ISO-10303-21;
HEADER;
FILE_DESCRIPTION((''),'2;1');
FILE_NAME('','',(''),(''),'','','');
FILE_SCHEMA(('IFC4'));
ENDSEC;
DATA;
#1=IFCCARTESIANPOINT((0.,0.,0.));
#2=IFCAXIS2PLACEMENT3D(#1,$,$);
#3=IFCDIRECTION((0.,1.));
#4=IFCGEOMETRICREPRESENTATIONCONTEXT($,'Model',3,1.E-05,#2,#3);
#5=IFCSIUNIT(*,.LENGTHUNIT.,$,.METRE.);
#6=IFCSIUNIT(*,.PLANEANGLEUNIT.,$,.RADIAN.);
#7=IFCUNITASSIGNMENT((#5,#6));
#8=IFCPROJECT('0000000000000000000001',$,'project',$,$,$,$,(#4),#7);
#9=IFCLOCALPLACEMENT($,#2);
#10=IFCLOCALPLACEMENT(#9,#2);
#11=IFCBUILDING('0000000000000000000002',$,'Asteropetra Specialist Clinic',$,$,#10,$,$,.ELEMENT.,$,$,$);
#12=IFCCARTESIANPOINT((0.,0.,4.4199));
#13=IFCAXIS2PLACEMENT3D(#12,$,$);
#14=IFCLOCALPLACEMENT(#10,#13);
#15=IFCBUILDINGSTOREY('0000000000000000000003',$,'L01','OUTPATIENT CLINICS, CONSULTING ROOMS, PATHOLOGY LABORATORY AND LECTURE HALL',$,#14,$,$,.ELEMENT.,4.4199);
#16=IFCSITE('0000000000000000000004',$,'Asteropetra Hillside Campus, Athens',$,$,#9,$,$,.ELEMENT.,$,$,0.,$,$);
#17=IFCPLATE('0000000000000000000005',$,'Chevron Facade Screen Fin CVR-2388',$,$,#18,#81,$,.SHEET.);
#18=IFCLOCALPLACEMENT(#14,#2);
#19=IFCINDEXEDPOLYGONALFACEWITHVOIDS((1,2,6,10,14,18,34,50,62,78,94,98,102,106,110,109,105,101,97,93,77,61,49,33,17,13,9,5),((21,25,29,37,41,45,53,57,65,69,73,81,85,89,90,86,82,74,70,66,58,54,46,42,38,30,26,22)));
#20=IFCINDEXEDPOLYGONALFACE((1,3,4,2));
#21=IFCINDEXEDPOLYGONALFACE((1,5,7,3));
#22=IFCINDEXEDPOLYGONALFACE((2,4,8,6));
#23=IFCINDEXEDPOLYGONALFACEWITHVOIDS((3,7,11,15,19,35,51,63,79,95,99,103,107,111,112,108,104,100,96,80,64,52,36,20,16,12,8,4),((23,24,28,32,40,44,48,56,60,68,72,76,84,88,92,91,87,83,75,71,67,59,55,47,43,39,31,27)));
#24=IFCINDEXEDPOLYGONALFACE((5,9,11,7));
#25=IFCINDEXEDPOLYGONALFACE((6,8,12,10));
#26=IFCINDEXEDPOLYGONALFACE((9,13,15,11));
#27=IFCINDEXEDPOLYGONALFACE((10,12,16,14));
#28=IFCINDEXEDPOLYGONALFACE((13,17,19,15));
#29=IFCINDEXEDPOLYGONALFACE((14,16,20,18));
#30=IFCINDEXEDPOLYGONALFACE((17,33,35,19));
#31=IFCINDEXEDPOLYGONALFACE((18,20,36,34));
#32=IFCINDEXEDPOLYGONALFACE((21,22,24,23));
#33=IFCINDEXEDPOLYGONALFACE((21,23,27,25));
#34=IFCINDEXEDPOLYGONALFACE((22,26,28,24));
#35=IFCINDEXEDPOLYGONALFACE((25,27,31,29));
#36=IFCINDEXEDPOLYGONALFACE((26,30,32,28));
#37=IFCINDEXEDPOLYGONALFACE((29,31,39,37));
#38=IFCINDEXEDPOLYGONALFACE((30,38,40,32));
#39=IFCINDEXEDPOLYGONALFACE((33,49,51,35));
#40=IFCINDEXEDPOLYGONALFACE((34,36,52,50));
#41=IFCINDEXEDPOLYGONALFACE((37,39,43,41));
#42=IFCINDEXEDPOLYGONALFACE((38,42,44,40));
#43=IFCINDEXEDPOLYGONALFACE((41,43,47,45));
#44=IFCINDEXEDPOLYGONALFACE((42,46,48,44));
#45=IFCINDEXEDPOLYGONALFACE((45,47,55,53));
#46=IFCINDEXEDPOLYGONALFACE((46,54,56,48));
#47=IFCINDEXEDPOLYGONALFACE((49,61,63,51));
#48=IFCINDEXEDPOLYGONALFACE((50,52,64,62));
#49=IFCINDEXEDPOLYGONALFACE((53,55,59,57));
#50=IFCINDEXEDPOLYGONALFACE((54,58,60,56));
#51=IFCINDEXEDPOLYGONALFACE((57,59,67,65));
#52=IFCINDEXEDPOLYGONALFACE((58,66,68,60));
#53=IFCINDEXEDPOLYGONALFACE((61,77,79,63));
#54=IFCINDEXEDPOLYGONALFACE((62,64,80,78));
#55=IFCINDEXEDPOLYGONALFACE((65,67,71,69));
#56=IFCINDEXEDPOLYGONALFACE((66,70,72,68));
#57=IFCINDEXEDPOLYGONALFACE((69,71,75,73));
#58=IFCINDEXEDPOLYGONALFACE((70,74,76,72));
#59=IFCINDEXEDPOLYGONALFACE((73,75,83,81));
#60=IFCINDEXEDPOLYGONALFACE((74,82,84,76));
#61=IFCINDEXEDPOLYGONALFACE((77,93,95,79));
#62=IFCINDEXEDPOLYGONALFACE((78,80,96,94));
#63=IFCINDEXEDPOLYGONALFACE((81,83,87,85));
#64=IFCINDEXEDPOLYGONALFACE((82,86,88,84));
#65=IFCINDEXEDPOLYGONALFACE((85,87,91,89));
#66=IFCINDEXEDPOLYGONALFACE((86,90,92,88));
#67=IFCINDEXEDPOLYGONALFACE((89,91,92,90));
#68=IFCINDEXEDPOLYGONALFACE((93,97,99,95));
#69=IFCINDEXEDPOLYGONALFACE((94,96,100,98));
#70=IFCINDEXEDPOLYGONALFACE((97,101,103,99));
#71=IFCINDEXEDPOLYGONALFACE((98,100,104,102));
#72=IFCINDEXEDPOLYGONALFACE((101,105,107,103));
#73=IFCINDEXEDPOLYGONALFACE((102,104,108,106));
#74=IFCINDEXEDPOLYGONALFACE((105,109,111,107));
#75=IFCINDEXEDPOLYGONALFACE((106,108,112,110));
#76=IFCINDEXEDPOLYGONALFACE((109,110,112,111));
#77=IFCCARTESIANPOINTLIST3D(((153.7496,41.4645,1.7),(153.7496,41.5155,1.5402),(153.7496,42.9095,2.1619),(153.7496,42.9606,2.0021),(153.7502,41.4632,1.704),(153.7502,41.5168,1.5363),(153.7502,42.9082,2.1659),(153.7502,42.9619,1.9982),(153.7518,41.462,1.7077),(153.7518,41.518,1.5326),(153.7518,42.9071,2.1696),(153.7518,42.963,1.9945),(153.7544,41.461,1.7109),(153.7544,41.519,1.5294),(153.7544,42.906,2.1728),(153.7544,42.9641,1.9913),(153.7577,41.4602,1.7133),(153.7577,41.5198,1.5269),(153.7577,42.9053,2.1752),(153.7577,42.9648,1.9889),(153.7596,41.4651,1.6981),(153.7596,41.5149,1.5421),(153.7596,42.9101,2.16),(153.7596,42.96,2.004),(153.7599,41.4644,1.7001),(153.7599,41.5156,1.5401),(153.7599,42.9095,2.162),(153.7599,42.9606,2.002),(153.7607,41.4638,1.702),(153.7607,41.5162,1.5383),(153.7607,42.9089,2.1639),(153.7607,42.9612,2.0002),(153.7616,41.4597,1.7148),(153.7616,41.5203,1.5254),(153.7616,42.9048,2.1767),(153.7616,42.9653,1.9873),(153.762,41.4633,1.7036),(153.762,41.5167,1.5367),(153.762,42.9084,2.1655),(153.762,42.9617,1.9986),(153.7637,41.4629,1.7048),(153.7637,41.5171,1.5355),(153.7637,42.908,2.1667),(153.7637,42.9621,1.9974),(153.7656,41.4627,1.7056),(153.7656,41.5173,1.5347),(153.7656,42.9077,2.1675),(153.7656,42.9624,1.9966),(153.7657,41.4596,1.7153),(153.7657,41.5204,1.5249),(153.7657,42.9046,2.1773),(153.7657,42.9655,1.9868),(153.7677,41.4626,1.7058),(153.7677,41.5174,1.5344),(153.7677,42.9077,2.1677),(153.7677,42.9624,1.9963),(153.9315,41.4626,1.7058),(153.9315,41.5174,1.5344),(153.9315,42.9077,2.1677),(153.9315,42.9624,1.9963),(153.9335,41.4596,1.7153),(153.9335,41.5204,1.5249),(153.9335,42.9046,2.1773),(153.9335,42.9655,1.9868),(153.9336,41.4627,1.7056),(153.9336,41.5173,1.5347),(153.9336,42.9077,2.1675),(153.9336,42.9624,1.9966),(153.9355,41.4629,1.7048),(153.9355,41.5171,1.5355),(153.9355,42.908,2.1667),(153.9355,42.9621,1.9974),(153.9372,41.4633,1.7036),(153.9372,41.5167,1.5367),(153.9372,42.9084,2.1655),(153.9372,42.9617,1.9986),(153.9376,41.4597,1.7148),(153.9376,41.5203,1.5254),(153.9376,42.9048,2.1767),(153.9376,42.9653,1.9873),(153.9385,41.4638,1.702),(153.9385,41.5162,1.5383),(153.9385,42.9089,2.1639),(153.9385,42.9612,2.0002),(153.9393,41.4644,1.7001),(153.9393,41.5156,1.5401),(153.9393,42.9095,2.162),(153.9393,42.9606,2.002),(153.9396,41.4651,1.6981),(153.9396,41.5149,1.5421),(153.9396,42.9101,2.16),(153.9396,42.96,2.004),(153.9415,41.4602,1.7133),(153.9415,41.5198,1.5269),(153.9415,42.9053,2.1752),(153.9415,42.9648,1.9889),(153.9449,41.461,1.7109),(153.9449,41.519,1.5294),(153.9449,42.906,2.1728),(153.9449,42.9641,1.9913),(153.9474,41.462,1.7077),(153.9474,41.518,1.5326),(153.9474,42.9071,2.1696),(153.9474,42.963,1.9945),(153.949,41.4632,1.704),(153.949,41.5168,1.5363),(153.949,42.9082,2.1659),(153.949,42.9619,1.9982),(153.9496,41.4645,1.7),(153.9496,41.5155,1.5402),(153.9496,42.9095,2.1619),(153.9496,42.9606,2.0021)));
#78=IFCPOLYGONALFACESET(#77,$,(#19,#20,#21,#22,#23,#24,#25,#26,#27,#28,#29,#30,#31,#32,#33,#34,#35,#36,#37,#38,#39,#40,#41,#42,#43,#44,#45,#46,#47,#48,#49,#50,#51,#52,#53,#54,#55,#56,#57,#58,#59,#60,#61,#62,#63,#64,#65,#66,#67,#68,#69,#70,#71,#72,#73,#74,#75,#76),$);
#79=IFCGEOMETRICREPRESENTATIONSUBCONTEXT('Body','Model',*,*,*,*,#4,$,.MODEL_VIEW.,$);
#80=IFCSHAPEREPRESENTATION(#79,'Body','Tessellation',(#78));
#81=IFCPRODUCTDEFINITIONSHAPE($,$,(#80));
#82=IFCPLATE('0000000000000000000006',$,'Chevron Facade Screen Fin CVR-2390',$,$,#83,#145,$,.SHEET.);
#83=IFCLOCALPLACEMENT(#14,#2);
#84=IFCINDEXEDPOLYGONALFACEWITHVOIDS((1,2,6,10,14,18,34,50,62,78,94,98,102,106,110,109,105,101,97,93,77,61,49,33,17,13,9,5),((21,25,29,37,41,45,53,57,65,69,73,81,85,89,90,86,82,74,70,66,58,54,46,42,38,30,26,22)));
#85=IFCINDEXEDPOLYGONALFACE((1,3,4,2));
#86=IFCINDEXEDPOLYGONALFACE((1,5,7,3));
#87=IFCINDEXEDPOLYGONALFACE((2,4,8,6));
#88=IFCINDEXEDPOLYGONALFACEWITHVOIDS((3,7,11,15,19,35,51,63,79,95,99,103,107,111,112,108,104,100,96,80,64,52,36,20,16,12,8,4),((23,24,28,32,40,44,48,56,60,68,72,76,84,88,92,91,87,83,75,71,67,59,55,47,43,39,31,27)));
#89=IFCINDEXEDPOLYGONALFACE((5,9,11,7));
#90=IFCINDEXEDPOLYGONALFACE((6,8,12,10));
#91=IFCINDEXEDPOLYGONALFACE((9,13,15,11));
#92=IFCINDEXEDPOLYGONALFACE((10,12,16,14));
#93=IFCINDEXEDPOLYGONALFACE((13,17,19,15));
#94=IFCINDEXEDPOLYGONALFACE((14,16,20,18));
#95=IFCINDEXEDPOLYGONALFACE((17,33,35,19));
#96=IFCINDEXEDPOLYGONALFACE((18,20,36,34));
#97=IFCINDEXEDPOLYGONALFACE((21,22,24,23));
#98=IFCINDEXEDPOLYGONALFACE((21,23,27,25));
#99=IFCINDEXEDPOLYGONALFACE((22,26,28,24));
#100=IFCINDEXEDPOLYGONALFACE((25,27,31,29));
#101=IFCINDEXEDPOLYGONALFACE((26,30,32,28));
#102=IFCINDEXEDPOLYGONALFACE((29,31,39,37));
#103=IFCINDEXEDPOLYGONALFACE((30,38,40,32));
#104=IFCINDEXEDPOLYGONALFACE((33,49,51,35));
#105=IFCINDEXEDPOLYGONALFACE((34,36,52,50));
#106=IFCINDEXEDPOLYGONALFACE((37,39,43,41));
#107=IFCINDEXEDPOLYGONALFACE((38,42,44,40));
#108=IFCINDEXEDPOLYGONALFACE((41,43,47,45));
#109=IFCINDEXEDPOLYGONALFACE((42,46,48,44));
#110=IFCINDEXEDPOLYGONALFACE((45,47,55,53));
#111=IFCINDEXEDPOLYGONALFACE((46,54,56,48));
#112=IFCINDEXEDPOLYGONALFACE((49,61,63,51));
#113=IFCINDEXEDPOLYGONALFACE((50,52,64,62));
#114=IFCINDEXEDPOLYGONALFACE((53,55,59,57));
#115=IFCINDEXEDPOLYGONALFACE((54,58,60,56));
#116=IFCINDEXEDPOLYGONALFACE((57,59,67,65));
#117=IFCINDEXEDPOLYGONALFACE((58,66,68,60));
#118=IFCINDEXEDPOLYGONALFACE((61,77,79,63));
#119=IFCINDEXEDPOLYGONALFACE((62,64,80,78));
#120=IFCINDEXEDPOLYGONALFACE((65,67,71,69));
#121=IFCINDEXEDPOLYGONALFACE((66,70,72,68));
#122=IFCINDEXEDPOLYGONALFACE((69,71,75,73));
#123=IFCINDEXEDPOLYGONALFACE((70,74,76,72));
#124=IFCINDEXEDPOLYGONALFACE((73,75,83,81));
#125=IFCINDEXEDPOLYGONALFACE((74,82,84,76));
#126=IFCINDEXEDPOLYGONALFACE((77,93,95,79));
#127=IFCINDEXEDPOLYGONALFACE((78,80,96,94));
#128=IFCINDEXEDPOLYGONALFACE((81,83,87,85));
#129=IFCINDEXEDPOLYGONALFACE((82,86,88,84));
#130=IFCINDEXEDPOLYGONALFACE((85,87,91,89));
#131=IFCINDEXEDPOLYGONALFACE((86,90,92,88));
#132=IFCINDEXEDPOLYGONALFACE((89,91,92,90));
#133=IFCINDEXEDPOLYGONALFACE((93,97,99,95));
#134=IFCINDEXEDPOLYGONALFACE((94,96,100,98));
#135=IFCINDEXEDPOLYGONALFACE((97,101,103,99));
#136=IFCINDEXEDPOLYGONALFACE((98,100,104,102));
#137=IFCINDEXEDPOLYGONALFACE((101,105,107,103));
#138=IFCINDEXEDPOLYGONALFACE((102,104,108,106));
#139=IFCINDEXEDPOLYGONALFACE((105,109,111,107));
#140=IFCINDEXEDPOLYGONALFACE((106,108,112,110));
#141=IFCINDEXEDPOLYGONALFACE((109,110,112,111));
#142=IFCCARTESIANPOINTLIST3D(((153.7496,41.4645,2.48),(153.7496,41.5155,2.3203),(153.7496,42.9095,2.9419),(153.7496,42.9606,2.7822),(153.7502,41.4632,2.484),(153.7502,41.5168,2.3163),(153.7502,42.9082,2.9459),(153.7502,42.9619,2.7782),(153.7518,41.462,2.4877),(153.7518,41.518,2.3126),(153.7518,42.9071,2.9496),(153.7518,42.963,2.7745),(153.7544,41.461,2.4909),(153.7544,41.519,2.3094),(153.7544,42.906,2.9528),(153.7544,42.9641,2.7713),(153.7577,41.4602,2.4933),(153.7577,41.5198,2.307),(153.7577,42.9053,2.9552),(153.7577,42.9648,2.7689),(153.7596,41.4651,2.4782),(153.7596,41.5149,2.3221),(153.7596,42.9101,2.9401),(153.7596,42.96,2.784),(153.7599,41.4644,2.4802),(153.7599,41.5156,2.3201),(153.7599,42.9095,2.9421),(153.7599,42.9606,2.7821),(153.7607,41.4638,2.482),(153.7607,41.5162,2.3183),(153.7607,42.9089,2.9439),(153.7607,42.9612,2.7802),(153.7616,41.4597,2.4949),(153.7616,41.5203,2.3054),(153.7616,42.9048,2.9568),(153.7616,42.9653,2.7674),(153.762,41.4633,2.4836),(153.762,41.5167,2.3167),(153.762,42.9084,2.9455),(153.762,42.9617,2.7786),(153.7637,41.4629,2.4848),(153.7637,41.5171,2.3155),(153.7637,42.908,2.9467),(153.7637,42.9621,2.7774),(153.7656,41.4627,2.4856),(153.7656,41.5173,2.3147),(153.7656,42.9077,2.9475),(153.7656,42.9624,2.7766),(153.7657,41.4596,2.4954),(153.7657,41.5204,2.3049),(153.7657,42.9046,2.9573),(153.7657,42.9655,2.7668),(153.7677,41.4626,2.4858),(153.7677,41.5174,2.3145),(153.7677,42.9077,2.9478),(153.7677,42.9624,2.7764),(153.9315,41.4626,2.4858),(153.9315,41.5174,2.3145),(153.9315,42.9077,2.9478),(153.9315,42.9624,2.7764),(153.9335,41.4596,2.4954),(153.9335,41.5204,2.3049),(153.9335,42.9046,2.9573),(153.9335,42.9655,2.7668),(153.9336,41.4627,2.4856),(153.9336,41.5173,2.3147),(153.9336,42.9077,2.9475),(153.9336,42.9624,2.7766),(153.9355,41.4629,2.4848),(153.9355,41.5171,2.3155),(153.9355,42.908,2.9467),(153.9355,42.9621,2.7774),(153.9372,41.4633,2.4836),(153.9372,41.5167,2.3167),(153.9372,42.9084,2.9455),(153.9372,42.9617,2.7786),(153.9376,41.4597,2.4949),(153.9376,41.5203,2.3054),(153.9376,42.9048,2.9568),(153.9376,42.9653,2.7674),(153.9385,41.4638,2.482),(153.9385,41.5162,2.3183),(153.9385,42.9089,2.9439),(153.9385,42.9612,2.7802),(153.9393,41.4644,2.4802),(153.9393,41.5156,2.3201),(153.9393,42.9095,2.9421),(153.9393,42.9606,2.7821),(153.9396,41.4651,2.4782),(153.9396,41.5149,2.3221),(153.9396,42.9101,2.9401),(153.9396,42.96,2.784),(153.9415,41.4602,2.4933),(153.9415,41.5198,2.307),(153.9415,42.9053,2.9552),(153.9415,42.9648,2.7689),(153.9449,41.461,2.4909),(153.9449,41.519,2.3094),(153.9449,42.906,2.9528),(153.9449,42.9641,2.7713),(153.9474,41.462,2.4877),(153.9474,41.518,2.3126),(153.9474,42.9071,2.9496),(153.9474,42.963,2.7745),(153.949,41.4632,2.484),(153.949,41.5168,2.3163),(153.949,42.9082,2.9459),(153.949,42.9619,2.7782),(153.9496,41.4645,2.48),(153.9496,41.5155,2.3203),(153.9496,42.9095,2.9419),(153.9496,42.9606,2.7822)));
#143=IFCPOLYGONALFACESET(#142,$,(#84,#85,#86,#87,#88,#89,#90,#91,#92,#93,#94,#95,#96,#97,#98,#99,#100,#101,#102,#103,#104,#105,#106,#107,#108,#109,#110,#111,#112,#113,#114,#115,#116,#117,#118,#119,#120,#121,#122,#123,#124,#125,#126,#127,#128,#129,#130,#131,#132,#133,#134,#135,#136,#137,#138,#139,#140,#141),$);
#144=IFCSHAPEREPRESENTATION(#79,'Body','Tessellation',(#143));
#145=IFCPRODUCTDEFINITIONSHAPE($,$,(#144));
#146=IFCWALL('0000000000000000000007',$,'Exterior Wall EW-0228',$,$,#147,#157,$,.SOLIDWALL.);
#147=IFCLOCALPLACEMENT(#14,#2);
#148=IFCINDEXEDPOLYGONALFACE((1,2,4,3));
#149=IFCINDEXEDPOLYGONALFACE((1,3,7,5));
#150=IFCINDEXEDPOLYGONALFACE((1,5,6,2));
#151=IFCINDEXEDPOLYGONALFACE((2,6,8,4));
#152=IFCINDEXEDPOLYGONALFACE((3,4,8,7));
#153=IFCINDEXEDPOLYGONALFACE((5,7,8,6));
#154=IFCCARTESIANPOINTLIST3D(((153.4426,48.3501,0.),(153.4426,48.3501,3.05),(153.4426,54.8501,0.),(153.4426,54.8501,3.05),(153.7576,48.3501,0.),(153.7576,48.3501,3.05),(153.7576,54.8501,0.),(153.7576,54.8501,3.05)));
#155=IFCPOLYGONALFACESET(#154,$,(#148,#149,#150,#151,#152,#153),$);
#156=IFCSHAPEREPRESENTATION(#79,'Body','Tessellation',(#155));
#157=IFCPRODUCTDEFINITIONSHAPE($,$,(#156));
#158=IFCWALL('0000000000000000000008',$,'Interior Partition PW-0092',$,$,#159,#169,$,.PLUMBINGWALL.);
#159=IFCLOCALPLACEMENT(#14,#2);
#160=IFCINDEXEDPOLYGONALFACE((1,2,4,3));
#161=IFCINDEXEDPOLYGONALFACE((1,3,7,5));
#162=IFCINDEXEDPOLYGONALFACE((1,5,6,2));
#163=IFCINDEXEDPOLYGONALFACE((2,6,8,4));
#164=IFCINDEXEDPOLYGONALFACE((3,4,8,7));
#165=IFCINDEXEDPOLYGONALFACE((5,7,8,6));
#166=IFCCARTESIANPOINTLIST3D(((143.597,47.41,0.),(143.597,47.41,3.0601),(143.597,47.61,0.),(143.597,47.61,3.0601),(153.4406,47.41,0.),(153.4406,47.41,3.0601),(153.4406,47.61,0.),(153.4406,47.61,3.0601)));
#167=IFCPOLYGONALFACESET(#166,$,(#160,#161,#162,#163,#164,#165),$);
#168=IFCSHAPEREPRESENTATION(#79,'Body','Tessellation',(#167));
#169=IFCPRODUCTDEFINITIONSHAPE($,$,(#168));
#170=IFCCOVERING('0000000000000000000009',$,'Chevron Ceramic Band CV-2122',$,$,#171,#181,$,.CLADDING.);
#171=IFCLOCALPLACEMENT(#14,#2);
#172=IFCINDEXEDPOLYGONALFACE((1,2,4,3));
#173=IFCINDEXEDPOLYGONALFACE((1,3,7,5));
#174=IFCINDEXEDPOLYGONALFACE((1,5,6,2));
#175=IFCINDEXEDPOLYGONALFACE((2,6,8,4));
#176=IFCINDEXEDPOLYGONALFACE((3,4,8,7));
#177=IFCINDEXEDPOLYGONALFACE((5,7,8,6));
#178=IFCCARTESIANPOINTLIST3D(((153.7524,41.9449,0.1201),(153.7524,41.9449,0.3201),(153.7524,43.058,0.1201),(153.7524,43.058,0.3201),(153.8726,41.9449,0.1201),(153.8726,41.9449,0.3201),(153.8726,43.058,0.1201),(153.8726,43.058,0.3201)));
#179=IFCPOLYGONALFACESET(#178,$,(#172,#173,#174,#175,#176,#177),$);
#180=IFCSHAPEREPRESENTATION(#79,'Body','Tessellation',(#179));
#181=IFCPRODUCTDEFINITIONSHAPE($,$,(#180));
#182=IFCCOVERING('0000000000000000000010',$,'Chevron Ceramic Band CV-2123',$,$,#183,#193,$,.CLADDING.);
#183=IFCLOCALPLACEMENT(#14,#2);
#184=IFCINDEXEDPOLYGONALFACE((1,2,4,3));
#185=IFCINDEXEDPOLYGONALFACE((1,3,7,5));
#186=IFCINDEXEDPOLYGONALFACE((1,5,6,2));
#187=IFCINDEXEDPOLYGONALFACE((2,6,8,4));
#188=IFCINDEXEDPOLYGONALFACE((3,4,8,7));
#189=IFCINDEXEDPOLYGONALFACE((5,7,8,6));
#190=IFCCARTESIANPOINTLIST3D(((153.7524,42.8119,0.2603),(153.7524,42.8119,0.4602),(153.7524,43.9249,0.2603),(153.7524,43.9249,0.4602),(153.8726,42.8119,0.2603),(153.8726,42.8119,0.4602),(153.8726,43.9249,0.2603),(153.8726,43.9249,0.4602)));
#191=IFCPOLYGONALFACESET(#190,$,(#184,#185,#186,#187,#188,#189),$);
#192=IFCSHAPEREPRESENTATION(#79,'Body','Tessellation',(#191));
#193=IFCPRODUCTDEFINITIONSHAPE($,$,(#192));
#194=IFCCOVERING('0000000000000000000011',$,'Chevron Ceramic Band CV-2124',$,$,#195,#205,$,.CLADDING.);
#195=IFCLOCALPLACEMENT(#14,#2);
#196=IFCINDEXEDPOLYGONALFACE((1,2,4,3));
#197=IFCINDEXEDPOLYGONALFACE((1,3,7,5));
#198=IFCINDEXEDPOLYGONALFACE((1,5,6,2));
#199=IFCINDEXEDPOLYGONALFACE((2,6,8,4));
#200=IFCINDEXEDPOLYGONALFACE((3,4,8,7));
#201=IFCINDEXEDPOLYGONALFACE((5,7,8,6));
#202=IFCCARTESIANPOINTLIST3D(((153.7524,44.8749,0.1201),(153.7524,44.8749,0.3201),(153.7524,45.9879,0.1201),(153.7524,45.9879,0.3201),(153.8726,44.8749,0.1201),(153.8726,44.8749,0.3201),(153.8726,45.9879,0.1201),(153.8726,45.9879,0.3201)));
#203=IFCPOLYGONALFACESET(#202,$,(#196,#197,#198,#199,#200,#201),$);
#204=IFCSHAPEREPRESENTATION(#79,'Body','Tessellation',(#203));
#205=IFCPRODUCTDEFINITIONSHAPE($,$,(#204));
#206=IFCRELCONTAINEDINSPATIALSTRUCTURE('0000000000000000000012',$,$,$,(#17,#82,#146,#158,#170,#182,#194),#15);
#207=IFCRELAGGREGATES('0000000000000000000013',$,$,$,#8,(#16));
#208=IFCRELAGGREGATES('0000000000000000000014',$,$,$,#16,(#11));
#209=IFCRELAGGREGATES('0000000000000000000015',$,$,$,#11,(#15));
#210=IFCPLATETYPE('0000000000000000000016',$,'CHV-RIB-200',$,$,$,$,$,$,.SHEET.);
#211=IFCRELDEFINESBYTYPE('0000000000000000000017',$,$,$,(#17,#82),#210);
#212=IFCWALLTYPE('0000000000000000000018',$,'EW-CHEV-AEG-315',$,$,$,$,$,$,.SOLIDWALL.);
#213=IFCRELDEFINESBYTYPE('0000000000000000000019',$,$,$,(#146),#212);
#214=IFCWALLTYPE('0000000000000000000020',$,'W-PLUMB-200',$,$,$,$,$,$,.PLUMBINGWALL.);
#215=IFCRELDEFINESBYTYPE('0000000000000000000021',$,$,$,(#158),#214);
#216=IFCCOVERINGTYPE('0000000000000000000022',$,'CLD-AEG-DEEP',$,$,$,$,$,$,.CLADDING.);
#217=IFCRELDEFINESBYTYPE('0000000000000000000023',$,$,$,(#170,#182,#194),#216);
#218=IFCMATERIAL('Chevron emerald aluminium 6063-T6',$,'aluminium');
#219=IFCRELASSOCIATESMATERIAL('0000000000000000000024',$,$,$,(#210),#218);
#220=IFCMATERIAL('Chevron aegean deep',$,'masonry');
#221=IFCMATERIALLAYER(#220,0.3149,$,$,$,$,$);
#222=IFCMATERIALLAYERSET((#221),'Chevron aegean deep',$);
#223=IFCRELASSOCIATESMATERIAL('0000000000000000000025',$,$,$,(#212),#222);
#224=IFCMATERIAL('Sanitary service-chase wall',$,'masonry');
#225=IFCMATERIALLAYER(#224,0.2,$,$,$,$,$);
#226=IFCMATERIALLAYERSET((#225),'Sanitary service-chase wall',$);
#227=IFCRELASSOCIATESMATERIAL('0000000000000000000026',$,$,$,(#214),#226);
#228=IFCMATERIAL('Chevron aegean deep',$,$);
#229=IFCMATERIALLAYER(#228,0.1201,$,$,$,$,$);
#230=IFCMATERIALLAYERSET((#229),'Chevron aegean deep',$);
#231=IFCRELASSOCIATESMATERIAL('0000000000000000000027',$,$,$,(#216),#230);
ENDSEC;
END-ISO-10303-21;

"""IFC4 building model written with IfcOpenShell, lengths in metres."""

from ifc_helpers import new_model, si_unit, direction, frame, frame_2d, origin, origin_2d, place, context, subcontext, project, spatial, rectangle, hollow_rectangle, extrude, material, layer, layer_set, material_profile, profile_set, type_object, element, save


model = new_model("IFC4")

# Units and contexts
model_context = context("Model", 3, precision=1e-05, world=origin(), true_north=direction((0.0, 1.0)))
body_context = subcontext(model_context, "Body", "Model", "MODEL_VIEW")
ifc_project = project(units=[si_unit("LENGTHUNIT", "METRE"), si_unit("PLANEANGLEUNIT", "RADIAN")], contexts=[model_context])

# Site, building, storey
site_placement = place(None, origin())
site = spatial("IfcSite", under=ifc_project, at=site_placement, Name="Asteropetra Hillside Campus, Athens", CompositionType="ELEMENT", RefElevation=0.0)
building_placement = place(site_placement, origin())
building = spatial("IfcBuilding", under=site, at=building_placement, Name="Asteropetra Specialist Clinic", CompositionType="ELEMENT")
storey_placement = place(building_placement, frame((0.0, 0.0, 4.4199)))
storey = spatial("IfcBuildingStorey", under=building, at=storey_placement, Name="L01", Description="OUTPATIENT CLINICS, CONSULTING ROOMS, PATHOLOGY LABORATORY AND LECTURE HALL", CompositionType="ELEMENT", Elevation=4.4199)

# Plates
ifc_material_1 = material(Name="Chevron emerald aluminium 6063-T6", Category="aluminium")
ifc_material_profile_1 = material_profile(ifc_material_1, hollow_rectangle(XDim=0.2, YDim=0.2, WallThickness=0.01, InnerFilletRadius=0.0081, OuterFilletRadius=0.0161, at=origin_2d()), Name="SHS 200x200x10.0")
ifc_profile_set_1 = profile_set([ifc_material_profile_1], Name="Chevron emerald aluminium 6063-T6")
plate_type = type_object("IfcPlateType", Name="CHV-RIB-200", PredefinedType="SHEET", material=ifc_profile_set_1)
for number, where, z_axis, x_axis, name in (
    (1, (153.8496, 41.49, 1.6201), (0.0, 0.952521, 0.304472), (-1.0, 0.0, 0.0), "Chevron Facade Screen Fin CVR-2388"),
    (2, (153.8496, 41.49, 2.4001), (0.0, 0.952521, 0.304472), (-1.0, 0.0, 0.0), "Chevron Facade Screen Fin CVR-2390"),
):
    element("IfcPlate", number, at=place(storey_placement, frame(where, z_axis=z_axis, x_axis=x_axis)), inside=storey, type_object=plate_type, Name=name, PredefinedType="SHEET", context=body_context, shape_type="SweptSolid", body=[
        extrude(hollow_rectangle(XDim=0.2, YDim=0.2, WallThickness=0.01, InnerFilletRadius=0.0081, OuterFilletRadius=0.0161, at=origin_2d()), origin(), (0.0, 0.0, 1.0), 1.5171),
    ])

# Walls
ifc_material_2 = material(Name="Chevron aegean deep", Category="masonry")
ifc_layer_1 = layer(ifc_material_2, 0.3149)
ifc_layer_set_1 = layer_set([ifc_layer_1], Name="Chevron aegean deep")
wall_type_1 = type_object("IfcWallType", Name="EW-CHEV-AEG-315", PredefinedType="SOLIDWALL", material=ifc_layer_set_1)
wall_1_placement = place(storey_placement, frame((153.6001, 48.3501, 0.0), z_axis=(0.0, 0.0, 1.0), x_axis=(0.0, 1.0, 0.0)))
element("IfcWall", 3, at=wall_1_placement, inside=storey, type_object=wall_type_1, Name="Exterior Wall EW-0228", PredefinedType="SOLIDWALL", context=body_context, shape_type="SweptSolid", body=[
    extrude(rectangle(XDim=6.5, YDim=0.3149, at=frame_2d((3.25, 0.0))), origin(), (0.0, 0.0, 1.0), 3.05),
])
ifc_material_3 = material(Name="Sanitary service-chase wall", Category="masonry")
ifc_layer_2 = layer(ifc_material_3, 0.2)
ifc_layer_set_2 = layer_set([ifc_layer_2], Name="Sanitary service-chase wall")
wall_type_2 = type_object("IfcWallType", Name="W-PLUMB-200", PredefinedType="PLUMBINGWALL", material=ifc_layer_set_2)
wall_2_placement = place(storey_placement, frame((143.5969, 47.51, 0.0), z_axis=(0.0, 0.0, 1.0), x_axis=(1.0, 0.0, 0.0)))
element("IfcWall", 4, at=wall_2_placement, inside=storey, type_object=wall_type_2, Name="Interior Partition PW-0092", PredefinedType="PLUMBINGWALL", context=body_context, shape_type="SweptSolid", body=[
    extrude(rectangle(XDim=9.8435, YDim=0.2, at=frame_2d((4.9219, 0.0))), origin(), (0.0, 0.0, 1.0), 3.0601),
])

# Coverings
ifc_material_4 = material(Name="Chevron aegean deep")
ifc_layer_3 = layer(ifc_material_4, 0.1201)
ifc_layer_set_3 = layer_set([ifc_layer_3], Name="Chevron aegean deep")
covering_type = type_object("IfcCoveringType", Name="CLD-AEG-DEEP", PredefinedType="CLADDING", material=ifc_layer_set_3)
for number, where, z_axis, x_axis, name in (
    (5, (153.8125, 42.5015, 0.1201), (0.0, 0.0, 1.0), (1.0, 0.0, 0.0), "Chevron Ceramic Band CV-2122"),
    (6, (153.8125, 43.3684, 0.2603), (0.0, 0.0, 1.0), (1.0, 0.0, 0.0), "Chevron Ceramic Band CV-2123"),
    (7, (153.8125, 45.4314, 0.1201), (0.0, 0.0, 1.0), (1.0, 0.0, 0.0), "Chevron Ceramic Band CV-2124"),
):
    element("IfcCovering", number, at=place(storey_placement, frame(where, z_axis=z_axis, x_axis=x_axis)), inside=storey, type_object=covering_type, Name=name, PredefinedType="CLADDING", context=body_context, shape_type="SweptSolid", body=[
        extrude(rectangle(XDim=0.1201, YDim=1.113, at=origin_2d()), origin(), (0.0, 0.0, 1.0), 0.2),
    ])

save(model, "model.ifc")
